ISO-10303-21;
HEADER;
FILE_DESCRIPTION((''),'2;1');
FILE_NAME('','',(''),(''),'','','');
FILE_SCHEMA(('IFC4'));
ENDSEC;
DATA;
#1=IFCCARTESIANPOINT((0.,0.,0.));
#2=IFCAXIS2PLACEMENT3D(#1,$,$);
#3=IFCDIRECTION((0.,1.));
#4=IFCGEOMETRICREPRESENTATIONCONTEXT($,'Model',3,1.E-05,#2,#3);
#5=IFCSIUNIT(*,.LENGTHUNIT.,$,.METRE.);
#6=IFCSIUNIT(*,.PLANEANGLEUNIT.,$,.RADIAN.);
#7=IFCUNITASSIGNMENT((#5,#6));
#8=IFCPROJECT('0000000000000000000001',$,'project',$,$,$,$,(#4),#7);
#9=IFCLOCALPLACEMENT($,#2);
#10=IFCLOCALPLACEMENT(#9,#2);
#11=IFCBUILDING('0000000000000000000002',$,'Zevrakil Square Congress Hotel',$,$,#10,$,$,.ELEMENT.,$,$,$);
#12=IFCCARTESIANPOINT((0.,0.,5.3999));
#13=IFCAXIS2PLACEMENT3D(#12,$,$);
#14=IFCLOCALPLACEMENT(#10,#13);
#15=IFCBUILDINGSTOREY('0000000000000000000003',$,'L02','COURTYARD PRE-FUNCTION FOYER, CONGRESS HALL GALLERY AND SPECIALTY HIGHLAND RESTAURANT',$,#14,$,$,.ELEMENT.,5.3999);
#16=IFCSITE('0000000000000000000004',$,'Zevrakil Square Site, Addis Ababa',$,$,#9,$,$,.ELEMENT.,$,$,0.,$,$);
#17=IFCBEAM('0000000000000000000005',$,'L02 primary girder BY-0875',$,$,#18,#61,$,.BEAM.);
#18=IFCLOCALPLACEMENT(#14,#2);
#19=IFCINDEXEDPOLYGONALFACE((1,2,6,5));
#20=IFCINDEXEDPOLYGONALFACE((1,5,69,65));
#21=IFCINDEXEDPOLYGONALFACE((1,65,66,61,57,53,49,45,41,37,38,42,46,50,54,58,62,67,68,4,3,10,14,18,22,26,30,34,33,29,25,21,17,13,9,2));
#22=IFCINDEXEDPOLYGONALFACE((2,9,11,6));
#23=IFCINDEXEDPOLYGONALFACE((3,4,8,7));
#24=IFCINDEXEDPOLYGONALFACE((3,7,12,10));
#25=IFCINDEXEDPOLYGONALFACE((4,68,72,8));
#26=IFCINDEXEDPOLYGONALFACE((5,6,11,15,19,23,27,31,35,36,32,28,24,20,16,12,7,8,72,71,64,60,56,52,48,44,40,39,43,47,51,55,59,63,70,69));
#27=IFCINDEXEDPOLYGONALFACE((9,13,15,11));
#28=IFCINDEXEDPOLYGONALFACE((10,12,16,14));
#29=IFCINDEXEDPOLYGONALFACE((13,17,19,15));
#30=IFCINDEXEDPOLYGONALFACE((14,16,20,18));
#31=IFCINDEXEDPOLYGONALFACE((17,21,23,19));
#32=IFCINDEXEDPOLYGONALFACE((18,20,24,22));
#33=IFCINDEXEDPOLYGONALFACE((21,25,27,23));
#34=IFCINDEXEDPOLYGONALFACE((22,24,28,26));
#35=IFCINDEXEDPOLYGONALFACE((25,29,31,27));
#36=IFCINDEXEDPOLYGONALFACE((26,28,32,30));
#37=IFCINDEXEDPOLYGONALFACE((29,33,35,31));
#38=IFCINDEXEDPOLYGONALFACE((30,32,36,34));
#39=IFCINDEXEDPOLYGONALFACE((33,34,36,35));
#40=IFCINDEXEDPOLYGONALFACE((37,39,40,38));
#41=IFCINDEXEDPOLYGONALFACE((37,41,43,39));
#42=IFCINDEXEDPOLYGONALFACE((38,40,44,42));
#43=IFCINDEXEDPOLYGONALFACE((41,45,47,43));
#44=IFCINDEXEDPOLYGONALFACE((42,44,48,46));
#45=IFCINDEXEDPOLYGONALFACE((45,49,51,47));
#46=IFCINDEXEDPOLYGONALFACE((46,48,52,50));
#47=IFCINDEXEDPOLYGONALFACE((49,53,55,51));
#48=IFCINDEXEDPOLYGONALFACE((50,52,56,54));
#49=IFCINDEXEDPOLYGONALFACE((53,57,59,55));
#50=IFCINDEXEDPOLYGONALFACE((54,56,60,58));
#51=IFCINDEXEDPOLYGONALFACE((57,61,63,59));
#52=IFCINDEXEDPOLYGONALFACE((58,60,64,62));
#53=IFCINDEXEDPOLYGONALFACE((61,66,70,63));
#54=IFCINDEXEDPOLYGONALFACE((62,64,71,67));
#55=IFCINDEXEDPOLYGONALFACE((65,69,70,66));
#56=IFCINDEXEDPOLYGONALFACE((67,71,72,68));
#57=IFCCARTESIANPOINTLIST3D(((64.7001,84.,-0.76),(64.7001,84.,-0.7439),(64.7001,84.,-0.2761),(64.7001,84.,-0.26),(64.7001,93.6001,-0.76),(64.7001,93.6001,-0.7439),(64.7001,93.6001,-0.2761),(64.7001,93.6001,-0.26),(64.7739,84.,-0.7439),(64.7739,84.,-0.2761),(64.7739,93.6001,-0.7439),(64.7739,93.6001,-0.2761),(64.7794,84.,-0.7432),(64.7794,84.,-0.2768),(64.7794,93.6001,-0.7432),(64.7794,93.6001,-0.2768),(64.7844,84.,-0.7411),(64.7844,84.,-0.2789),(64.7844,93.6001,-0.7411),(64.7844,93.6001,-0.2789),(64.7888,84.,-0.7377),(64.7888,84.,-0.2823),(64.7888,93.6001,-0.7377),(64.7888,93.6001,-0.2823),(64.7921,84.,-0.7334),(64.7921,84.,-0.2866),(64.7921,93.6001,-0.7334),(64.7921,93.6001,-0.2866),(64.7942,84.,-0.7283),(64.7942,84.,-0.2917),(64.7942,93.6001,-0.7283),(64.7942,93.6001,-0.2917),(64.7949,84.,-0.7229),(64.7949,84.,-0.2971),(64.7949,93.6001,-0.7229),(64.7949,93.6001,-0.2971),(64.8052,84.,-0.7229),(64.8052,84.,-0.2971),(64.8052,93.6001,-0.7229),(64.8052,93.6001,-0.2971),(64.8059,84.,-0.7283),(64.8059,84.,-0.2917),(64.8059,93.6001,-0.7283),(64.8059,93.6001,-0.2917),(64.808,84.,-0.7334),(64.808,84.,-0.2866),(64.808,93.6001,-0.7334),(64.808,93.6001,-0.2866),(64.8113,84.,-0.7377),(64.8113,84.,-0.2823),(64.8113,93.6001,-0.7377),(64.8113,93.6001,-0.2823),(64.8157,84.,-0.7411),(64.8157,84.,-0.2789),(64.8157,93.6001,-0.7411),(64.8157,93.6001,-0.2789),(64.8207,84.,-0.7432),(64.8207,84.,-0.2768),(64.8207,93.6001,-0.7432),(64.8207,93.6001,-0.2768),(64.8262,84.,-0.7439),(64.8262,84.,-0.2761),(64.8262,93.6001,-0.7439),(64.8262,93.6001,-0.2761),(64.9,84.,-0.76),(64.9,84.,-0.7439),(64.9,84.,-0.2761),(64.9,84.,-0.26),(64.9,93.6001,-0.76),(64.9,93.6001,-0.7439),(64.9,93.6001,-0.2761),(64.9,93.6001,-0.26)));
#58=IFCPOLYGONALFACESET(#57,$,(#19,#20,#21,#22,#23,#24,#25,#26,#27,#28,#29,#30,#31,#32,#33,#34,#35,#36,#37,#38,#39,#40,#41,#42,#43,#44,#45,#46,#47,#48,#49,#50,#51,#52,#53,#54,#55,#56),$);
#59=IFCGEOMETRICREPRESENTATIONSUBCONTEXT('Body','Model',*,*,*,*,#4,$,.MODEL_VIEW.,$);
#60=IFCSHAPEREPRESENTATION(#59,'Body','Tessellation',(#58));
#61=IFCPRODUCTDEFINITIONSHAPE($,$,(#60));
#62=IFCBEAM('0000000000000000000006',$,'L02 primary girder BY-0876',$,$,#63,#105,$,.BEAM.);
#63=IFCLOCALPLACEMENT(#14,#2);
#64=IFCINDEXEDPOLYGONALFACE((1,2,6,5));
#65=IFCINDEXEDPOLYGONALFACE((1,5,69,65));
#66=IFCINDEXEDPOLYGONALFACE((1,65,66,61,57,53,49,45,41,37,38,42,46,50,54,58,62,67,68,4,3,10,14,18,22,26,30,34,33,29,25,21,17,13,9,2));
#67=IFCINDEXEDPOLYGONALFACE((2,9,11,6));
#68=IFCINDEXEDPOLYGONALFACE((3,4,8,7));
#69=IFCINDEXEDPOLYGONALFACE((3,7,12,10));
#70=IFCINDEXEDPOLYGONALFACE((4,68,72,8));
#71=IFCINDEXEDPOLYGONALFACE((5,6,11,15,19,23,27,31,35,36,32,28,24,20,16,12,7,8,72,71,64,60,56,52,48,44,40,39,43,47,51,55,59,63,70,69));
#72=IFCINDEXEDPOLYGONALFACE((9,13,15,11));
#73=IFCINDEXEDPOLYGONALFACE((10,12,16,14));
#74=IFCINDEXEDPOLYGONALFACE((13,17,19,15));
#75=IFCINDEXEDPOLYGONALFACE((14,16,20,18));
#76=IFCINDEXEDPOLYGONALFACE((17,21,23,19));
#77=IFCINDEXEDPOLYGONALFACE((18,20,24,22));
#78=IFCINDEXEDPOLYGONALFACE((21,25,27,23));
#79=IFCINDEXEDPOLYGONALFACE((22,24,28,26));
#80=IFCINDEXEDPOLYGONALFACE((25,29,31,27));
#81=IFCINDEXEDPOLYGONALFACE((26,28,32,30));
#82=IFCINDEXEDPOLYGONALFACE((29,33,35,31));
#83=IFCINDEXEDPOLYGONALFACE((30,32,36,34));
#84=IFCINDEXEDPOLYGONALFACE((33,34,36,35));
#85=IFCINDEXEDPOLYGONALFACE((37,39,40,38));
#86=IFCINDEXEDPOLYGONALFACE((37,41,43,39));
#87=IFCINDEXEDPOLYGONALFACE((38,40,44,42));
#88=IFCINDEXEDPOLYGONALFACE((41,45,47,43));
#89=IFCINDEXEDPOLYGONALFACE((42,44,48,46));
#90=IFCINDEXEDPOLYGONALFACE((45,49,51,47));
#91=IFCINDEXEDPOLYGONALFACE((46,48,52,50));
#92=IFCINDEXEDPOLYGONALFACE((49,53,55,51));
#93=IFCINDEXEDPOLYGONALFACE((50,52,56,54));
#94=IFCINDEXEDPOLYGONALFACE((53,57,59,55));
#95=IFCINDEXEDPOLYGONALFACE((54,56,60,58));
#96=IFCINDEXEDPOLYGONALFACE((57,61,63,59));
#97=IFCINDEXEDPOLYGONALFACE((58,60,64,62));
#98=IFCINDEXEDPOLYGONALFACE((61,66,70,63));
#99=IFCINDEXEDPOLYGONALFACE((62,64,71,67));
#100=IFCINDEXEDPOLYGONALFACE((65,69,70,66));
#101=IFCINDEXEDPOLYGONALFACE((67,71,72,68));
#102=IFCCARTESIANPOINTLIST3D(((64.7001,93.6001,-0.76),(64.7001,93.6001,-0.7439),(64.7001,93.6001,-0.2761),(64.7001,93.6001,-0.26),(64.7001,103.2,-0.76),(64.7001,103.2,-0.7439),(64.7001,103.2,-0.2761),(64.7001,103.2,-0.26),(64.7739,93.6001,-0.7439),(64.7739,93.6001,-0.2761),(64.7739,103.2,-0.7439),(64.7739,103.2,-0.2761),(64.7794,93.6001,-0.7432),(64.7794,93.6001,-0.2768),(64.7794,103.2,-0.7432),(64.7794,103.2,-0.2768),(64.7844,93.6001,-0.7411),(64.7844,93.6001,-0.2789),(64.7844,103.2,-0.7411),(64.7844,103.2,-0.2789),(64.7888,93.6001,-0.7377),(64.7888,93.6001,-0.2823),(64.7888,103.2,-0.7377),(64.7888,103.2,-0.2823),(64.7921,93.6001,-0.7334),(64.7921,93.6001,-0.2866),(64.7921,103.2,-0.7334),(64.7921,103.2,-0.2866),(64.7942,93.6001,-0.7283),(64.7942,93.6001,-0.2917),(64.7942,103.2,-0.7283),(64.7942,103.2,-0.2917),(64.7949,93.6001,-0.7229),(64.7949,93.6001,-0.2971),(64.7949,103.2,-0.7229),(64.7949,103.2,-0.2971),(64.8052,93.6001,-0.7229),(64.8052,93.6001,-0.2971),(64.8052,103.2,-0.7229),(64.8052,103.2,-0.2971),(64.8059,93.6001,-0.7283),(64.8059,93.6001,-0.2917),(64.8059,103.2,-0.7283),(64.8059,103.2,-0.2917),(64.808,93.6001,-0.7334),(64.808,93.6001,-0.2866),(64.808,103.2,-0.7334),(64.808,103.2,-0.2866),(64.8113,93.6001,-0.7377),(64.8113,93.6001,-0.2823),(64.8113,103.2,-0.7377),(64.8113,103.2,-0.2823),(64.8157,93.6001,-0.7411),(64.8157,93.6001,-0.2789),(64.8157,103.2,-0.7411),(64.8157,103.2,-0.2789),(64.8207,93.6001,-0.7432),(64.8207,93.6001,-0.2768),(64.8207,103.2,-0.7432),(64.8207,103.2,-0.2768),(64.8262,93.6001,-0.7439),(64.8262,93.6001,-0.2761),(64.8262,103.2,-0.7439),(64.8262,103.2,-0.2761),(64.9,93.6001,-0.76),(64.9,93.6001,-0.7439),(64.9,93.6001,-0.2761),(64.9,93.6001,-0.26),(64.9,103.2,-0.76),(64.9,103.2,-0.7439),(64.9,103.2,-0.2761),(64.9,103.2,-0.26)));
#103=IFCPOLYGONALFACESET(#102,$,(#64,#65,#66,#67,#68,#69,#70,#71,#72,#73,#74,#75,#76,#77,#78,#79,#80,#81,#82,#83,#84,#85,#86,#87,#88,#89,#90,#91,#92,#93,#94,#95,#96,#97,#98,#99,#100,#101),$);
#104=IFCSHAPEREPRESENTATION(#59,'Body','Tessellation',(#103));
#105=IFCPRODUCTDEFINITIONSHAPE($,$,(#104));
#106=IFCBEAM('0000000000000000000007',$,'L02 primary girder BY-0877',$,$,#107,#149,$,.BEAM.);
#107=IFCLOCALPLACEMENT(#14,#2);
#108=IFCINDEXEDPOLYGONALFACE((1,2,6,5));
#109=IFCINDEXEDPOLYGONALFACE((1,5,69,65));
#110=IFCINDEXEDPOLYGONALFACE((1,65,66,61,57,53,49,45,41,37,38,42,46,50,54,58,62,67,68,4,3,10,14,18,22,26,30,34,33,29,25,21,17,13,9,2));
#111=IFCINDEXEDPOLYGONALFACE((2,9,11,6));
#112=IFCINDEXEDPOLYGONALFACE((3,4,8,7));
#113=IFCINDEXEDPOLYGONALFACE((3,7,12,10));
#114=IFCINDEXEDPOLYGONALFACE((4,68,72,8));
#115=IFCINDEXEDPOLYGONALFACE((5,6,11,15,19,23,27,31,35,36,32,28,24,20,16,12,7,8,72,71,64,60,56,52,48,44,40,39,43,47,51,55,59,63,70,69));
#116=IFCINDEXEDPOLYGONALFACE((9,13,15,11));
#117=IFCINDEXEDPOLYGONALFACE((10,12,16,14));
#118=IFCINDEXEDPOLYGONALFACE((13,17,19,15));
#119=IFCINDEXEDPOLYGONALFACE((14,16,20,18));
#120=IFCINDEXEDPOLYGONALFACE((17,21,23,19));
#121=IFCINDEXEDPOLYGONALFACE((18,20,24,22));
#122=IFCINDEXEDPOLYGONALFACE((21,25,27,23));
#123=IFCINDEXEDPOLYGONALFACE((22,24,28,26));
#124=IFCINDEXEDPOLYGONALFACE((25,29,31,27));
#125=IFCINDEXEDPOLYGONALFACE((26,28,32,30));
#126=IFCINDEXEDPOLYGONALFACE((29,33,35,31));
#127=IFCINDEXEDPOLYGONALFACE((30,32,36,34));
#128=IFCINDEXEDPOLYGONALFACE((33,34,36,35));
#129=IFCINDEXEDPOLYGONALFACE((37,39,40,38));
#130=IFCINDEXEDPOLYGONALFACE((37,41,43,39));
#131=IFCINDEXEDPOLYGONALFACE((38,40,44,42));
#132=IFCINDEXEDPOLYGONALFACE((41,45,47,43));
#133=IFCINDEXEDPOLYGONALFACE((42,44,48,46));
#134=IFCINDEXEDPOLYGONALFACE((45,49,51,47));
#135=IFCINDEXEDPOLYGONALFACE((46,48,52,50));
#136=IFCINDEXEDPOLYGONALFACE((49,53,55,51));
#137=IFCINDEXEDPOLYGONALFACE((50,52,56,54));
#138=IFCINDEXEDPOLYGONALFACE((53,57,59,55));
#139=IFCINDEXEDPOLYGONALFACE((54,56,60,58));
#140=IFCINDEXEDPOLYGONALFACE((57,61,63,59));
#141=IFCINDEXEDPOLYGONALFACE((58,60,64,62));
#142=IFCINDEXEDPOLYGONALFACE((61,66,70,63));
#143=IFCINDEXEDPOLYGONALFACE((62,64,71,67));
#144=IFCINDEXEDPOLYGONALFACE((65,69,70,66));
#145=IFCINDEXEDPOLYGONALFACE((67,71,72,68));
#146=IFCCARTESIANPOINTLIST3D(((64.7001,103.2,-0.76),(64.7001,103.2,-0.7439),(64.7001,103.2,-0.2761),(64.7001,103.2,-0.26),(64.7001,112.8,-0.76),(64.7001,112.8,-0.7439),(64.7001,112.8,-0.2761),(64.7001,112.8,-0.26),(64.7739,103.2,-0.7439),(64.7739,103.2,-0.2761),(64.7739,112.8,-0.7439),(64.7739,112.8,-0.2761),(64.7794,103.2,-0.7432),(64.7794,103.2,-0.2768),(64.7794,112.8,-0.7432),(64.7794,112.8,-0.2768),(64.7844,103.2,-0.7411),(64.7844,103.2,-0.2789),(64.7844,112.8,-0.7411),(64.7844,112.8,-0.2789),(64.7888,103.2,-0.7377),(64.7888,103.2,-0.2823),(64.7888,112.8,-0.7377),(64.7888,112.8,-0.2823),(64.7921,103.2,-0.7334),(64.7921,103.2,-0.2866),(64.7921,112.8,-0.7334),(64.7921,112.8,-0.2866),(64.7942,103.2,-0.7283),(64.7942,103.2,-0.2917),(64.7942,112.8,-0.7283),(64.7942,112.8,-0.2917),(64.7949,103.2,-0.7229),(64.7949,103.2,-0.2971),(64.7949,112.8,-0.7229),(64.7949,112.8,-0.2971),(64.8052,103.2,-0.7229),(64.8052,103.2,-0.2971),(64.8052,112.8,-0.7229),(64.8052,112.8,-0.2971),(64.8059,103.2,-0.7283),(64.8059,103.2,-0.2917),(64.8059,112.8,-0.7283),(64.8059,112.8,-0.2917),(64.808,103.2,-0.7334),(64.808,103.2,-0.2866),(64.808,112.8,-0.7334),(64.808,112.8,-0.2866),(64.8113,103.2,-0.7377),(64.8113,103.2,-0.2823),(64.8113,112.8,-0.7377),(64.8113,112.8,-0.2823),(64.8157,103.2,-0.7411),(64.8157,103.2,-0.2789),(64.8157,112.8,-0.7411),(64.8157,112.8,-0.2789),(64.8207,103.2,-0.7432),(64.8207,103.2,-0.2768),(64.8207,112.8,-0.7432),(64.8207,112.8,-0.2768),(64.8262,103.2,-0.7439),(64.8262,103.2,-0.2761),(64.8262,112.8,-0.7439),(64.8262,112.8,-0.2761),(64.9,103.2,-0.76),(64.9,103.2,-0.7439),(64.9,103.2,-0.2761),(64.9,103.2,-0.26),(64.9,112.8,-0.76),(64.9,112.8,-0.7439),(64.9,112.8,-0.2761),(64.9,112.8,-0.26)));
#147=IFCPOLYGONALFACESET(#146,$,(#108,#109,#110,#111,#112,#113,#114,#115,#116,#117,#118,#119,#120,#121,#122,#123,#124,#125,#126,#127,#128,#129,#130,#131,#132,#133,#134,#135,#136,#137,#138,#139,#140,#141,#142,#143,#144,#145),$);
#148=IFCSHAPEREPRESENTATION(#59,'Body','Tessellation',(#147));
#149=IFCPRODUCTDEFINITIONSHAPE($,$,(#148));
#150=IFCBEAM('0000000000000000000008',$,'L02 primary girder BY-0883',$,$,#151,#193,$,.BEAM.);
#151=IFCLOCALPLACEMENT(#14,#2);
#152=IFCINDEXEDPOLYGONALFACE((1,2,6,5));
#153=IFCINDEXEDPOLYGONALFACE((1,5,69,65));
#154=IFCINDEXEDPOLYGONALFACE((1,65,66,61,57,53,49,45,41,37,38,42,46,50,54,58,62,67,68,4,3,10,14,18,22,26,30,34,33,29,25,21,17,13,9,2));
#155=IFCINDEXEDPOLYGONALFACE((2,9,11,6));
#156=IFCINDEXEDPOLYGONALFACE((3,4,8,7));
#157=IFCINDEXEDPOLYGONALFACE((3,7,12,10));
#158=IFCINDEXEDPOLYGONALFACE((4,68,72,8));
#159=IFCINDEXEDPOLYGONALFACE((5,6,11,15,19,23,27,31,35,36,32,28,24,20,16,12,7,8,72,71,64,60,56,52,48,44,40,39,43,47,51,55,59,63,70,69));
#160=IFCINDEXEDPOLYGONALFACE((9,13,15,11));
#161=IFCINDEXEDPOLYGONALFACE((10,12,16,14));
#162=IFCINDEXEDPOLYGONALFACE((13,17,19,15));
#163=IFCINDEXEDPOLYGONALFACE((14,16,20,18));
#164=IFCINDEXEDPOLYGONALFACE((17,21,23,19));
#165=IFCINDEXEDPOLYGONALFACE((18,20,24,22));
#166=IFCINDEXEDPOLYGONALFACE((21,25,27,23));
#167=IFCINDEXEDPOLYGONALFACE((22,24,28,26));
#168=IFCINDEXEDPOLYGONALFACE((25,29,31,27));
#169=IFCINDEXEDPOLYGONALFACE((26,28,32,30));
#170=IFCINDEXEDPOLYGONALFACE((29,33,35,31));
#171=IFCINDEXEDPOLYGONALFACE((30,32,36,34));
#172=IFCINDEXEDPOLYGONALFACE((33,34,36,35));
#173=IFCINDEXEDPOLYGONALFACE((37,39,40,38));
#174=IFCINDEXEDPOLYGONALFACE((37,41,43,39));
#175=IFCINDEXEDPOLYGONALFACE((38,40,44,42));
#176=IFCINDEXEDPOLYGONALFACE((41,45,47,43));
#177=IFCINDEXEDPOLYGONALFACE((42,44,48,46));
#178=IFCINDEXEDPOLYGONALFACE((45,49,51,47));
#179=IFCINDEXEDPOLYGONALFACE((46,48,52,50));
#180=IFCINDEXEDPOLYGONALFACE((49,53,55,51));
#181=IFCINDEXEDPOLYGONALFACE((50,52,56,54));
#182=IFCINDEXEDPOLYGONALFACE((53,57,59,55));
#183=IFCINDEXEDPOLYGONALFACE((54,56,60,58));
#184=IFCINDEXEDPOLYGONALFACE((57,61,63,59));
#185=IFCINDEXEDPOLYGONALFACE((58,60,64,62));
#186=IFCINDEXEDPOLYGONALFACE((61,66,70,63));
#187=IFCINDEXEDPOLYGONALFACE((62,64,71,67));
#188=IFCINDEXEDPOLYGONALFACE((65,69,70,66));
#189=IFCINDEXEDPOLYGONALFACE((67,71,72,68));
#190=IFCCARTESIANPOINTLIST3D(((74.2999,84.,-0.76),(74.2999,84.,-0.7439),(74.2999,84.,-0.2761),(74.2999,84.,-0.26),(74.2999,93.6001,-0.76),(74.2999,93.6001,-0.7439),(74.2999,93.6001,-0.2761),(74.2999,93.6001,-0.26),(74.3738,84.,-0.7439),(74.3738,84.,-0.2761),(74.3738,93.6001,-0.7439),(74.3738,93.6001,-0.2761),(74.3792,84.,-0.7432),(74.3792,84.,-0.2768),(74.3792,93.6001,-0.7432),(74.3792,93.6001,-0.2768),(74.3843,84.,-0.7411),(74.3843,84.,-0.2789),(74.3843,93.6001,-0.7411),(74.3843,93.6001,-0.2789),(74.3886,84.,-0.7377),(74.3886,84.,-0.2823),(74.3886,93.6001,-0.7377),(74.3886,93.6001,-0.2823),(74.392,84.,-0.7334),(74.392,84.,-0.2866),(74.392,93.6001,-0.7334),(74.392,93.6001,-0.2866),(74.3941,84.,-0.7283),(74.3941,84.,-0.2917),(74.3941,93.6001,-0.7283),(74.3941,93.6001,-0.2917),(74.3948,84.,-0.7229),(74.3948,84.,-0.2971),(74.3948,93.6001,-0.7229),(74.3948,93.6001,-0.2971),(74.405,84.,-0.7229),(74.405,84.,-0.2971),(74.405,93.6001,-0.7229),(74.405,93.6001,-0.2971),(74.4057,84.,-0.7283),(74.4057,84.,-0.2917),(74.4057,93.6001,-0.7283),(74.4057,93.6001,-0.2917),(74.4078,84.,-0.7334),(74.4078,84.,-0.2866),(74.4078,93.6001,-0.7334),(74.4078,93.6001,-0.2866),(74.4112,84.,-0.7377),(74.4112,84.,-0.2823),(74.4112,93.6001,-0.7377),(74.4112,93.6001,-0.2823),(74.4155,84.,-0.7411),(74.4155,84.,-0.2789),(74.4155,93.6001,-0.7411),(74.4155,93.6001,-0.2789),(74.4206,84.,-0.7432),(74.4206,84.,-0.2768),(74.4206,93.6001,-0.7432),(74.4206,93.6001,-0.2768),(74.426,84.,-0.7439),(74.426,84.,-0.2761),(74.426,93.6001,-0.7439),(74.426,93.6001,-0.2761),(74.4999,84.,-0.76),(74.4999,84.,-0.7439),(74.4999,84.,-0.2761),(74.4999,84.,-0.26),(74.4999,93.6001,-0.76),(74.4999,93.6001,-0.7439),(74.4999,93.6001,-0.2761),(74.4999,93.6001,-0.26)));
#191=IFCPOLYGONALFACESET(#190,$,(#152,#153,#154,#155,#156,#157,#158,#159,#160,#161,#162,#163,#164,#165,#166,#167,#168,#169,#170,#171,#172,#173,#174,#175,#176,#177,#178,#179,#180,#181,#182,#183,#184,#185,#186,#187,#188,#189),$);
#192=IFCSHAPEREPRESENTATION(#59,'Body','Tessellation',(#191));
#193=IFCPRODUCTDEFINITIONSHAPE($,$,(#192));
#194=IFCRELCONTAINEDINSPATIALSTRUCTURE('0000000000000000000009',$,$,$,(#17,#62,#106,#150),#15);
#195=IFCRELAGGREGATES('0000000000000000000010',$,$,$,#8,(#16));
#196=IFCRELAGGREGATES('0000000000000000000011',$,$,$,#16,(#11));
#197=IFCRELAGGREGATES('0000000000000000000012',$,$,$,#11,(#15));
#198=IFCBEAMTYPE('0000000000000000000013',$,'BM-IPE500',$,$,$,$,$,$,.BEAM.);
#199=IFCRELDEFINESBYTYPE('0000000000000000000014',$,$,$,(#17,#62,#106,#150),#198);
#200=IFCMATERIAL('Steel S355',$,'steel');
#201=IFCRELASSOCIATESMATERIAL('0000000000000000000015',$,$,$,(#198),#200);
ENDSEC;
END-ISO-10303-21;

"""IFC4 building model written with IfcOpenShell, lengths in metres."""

from ifc_helpers import new_model, si_unit, direction, frame, origin, origin_2d, place, context, subcontext, project, spatial, i_section, extrude, material, material_profile, profile_set, type_object, element, save


model = new_model("IFC4")

# Units and contexts
model_context = context("Model", 3, precision=1e-05, world=origin(), true_north=direction((0.0, 1.0)))
body_context = subcontext(model_context, "Body", "Model", "MODEL_VIEW")
ifc_project = project(units=[si_unit("LENGTHUNIT", "METRE"), si_unit("PLANEANGLEUNIT", "RADIAN")], contexts=[model_context])

# Site, building, storey
site_placement = place(None, origin())
site = spatial("IfcSite", under=ifc_project, at=site_placement, Name="Zevrakil Square Site, Addis Ababa", CompositionType="ELEMENT", RefElevation=0.0)
building_placement = place(site_placement, origin())
building = spatial("IfcBuilding", under=site, at=building_placement, Name="Zevrakil Square Congress Hotel", CompositionType="ELEMENT")
storey_placement = place(building_placement, frame((0.0, 0.0, 5.3999)))
storey = spatial("IfcBuildingStorey", under=building, at=storey_placement, Name="L02", Description="COURTYARD PRE-FUNCTION FOYER, CONGRESS HALL GALLERY AND SPECIALTY HIGHLAND RESTAURANT", CompositionType="ELEMENT", Elevation=5.3999)

# Beams
ifc_material_1 = material(Name="Steel S355", Category="steel")
ifc_material_profile_1 = material_profile(ifc_material_1, i_section(OverallWidth=0.2, OverallDepth=0.5, WebThickness=0.0103, FlangeThickness=0.0161, FilletRadius=0.021, at=origin_2d()), Name="IPE 500")
ifc_profile_set_1 = profile_set([ifc_material_profile_1], Name="Steel S355")
beam_type_1 = type_object("IfcBeamType", Name="BM-IPE500", PredefinedType="BEAM", material=ifc_profile_set_1)
beam_1_placement = place(storey_placement, frame((64.8, 84.0, -0.51), z_axis=(0.0, 1.0, 0.0), x_axis=(-1.0, 0.0, 0.0)))
element("IfcBeam", 1, at=beam_1_placement, inside=storey, type_object=beam_type_1, Name="L02 primary girder BY-0875", PredefinedType="BEAM", context=body_context, shape_type="SweptSolid", body=[
    extrude(i_section(OverallWidth=0.2, OverallDepth=0.5, WebThickness=0.0103, FlangeThickness=0.0161, FilletRadius=0.021, at=origin_2d()), origin(), (0.0, 0.0, 1.0), 9.6001),
])
beam_2_placement = place(storey_placement, frame((64.8, 93.6001, -0.51), z_axis=(0.0, 1.0, 0.0), x_axis=(-1.0, 0.0, 0.0)))
element("IfcBeam", 2, at=beam_2_placement, inside=storey, type_object=beam_type_1, Name="L02 primary girder BY-0876", PredefinedType="BEAM", context=body_context, shape_type="SweptSolid", body=[
    extrude(i_section(OverallWidth=0.2, OverallDepth=0.5, WebThickness=0.0103, FlangeThickness=0.0161, FilletRadius=0.021, at=origin_2d()), origin(), (0.0, 0.0, 1.0), 9.5999),
])
for number, where, z_axis, x_axis, name in (
    (3, (64.8, 103.2, -0.51), (0.0, 1.0, 0.0), (-1.0, 0.0, 0.0), "L02 primary girder BY-0877"),
    (4, (74.3999, 84.0, -0.51), (0.0, 1.0, 0.0), (-1.0, 0.0, 0.0), "L02 primary girder BY-0883"),
):
    element("IfcBeam", number, at=place(storey_placement, frame(where, z_axis=z_axis, x_axis=x_axis)), inside=storey, type_object=beam_type_1, Name=name, PredefinedType="BEAM", context=body_context, shape_type="SweptSolid", body=[
        extrude(i_section(OverallWidth=0.2, OverallDepth=0.5, WebThickness=0.0103, FlangeThickness=0.0161, FilletRadius=0.021, at=origin_2d()), origin(), (0.0, 0.0, 1.0), 9.6001),
    ])

save(model, "model.ifc")
